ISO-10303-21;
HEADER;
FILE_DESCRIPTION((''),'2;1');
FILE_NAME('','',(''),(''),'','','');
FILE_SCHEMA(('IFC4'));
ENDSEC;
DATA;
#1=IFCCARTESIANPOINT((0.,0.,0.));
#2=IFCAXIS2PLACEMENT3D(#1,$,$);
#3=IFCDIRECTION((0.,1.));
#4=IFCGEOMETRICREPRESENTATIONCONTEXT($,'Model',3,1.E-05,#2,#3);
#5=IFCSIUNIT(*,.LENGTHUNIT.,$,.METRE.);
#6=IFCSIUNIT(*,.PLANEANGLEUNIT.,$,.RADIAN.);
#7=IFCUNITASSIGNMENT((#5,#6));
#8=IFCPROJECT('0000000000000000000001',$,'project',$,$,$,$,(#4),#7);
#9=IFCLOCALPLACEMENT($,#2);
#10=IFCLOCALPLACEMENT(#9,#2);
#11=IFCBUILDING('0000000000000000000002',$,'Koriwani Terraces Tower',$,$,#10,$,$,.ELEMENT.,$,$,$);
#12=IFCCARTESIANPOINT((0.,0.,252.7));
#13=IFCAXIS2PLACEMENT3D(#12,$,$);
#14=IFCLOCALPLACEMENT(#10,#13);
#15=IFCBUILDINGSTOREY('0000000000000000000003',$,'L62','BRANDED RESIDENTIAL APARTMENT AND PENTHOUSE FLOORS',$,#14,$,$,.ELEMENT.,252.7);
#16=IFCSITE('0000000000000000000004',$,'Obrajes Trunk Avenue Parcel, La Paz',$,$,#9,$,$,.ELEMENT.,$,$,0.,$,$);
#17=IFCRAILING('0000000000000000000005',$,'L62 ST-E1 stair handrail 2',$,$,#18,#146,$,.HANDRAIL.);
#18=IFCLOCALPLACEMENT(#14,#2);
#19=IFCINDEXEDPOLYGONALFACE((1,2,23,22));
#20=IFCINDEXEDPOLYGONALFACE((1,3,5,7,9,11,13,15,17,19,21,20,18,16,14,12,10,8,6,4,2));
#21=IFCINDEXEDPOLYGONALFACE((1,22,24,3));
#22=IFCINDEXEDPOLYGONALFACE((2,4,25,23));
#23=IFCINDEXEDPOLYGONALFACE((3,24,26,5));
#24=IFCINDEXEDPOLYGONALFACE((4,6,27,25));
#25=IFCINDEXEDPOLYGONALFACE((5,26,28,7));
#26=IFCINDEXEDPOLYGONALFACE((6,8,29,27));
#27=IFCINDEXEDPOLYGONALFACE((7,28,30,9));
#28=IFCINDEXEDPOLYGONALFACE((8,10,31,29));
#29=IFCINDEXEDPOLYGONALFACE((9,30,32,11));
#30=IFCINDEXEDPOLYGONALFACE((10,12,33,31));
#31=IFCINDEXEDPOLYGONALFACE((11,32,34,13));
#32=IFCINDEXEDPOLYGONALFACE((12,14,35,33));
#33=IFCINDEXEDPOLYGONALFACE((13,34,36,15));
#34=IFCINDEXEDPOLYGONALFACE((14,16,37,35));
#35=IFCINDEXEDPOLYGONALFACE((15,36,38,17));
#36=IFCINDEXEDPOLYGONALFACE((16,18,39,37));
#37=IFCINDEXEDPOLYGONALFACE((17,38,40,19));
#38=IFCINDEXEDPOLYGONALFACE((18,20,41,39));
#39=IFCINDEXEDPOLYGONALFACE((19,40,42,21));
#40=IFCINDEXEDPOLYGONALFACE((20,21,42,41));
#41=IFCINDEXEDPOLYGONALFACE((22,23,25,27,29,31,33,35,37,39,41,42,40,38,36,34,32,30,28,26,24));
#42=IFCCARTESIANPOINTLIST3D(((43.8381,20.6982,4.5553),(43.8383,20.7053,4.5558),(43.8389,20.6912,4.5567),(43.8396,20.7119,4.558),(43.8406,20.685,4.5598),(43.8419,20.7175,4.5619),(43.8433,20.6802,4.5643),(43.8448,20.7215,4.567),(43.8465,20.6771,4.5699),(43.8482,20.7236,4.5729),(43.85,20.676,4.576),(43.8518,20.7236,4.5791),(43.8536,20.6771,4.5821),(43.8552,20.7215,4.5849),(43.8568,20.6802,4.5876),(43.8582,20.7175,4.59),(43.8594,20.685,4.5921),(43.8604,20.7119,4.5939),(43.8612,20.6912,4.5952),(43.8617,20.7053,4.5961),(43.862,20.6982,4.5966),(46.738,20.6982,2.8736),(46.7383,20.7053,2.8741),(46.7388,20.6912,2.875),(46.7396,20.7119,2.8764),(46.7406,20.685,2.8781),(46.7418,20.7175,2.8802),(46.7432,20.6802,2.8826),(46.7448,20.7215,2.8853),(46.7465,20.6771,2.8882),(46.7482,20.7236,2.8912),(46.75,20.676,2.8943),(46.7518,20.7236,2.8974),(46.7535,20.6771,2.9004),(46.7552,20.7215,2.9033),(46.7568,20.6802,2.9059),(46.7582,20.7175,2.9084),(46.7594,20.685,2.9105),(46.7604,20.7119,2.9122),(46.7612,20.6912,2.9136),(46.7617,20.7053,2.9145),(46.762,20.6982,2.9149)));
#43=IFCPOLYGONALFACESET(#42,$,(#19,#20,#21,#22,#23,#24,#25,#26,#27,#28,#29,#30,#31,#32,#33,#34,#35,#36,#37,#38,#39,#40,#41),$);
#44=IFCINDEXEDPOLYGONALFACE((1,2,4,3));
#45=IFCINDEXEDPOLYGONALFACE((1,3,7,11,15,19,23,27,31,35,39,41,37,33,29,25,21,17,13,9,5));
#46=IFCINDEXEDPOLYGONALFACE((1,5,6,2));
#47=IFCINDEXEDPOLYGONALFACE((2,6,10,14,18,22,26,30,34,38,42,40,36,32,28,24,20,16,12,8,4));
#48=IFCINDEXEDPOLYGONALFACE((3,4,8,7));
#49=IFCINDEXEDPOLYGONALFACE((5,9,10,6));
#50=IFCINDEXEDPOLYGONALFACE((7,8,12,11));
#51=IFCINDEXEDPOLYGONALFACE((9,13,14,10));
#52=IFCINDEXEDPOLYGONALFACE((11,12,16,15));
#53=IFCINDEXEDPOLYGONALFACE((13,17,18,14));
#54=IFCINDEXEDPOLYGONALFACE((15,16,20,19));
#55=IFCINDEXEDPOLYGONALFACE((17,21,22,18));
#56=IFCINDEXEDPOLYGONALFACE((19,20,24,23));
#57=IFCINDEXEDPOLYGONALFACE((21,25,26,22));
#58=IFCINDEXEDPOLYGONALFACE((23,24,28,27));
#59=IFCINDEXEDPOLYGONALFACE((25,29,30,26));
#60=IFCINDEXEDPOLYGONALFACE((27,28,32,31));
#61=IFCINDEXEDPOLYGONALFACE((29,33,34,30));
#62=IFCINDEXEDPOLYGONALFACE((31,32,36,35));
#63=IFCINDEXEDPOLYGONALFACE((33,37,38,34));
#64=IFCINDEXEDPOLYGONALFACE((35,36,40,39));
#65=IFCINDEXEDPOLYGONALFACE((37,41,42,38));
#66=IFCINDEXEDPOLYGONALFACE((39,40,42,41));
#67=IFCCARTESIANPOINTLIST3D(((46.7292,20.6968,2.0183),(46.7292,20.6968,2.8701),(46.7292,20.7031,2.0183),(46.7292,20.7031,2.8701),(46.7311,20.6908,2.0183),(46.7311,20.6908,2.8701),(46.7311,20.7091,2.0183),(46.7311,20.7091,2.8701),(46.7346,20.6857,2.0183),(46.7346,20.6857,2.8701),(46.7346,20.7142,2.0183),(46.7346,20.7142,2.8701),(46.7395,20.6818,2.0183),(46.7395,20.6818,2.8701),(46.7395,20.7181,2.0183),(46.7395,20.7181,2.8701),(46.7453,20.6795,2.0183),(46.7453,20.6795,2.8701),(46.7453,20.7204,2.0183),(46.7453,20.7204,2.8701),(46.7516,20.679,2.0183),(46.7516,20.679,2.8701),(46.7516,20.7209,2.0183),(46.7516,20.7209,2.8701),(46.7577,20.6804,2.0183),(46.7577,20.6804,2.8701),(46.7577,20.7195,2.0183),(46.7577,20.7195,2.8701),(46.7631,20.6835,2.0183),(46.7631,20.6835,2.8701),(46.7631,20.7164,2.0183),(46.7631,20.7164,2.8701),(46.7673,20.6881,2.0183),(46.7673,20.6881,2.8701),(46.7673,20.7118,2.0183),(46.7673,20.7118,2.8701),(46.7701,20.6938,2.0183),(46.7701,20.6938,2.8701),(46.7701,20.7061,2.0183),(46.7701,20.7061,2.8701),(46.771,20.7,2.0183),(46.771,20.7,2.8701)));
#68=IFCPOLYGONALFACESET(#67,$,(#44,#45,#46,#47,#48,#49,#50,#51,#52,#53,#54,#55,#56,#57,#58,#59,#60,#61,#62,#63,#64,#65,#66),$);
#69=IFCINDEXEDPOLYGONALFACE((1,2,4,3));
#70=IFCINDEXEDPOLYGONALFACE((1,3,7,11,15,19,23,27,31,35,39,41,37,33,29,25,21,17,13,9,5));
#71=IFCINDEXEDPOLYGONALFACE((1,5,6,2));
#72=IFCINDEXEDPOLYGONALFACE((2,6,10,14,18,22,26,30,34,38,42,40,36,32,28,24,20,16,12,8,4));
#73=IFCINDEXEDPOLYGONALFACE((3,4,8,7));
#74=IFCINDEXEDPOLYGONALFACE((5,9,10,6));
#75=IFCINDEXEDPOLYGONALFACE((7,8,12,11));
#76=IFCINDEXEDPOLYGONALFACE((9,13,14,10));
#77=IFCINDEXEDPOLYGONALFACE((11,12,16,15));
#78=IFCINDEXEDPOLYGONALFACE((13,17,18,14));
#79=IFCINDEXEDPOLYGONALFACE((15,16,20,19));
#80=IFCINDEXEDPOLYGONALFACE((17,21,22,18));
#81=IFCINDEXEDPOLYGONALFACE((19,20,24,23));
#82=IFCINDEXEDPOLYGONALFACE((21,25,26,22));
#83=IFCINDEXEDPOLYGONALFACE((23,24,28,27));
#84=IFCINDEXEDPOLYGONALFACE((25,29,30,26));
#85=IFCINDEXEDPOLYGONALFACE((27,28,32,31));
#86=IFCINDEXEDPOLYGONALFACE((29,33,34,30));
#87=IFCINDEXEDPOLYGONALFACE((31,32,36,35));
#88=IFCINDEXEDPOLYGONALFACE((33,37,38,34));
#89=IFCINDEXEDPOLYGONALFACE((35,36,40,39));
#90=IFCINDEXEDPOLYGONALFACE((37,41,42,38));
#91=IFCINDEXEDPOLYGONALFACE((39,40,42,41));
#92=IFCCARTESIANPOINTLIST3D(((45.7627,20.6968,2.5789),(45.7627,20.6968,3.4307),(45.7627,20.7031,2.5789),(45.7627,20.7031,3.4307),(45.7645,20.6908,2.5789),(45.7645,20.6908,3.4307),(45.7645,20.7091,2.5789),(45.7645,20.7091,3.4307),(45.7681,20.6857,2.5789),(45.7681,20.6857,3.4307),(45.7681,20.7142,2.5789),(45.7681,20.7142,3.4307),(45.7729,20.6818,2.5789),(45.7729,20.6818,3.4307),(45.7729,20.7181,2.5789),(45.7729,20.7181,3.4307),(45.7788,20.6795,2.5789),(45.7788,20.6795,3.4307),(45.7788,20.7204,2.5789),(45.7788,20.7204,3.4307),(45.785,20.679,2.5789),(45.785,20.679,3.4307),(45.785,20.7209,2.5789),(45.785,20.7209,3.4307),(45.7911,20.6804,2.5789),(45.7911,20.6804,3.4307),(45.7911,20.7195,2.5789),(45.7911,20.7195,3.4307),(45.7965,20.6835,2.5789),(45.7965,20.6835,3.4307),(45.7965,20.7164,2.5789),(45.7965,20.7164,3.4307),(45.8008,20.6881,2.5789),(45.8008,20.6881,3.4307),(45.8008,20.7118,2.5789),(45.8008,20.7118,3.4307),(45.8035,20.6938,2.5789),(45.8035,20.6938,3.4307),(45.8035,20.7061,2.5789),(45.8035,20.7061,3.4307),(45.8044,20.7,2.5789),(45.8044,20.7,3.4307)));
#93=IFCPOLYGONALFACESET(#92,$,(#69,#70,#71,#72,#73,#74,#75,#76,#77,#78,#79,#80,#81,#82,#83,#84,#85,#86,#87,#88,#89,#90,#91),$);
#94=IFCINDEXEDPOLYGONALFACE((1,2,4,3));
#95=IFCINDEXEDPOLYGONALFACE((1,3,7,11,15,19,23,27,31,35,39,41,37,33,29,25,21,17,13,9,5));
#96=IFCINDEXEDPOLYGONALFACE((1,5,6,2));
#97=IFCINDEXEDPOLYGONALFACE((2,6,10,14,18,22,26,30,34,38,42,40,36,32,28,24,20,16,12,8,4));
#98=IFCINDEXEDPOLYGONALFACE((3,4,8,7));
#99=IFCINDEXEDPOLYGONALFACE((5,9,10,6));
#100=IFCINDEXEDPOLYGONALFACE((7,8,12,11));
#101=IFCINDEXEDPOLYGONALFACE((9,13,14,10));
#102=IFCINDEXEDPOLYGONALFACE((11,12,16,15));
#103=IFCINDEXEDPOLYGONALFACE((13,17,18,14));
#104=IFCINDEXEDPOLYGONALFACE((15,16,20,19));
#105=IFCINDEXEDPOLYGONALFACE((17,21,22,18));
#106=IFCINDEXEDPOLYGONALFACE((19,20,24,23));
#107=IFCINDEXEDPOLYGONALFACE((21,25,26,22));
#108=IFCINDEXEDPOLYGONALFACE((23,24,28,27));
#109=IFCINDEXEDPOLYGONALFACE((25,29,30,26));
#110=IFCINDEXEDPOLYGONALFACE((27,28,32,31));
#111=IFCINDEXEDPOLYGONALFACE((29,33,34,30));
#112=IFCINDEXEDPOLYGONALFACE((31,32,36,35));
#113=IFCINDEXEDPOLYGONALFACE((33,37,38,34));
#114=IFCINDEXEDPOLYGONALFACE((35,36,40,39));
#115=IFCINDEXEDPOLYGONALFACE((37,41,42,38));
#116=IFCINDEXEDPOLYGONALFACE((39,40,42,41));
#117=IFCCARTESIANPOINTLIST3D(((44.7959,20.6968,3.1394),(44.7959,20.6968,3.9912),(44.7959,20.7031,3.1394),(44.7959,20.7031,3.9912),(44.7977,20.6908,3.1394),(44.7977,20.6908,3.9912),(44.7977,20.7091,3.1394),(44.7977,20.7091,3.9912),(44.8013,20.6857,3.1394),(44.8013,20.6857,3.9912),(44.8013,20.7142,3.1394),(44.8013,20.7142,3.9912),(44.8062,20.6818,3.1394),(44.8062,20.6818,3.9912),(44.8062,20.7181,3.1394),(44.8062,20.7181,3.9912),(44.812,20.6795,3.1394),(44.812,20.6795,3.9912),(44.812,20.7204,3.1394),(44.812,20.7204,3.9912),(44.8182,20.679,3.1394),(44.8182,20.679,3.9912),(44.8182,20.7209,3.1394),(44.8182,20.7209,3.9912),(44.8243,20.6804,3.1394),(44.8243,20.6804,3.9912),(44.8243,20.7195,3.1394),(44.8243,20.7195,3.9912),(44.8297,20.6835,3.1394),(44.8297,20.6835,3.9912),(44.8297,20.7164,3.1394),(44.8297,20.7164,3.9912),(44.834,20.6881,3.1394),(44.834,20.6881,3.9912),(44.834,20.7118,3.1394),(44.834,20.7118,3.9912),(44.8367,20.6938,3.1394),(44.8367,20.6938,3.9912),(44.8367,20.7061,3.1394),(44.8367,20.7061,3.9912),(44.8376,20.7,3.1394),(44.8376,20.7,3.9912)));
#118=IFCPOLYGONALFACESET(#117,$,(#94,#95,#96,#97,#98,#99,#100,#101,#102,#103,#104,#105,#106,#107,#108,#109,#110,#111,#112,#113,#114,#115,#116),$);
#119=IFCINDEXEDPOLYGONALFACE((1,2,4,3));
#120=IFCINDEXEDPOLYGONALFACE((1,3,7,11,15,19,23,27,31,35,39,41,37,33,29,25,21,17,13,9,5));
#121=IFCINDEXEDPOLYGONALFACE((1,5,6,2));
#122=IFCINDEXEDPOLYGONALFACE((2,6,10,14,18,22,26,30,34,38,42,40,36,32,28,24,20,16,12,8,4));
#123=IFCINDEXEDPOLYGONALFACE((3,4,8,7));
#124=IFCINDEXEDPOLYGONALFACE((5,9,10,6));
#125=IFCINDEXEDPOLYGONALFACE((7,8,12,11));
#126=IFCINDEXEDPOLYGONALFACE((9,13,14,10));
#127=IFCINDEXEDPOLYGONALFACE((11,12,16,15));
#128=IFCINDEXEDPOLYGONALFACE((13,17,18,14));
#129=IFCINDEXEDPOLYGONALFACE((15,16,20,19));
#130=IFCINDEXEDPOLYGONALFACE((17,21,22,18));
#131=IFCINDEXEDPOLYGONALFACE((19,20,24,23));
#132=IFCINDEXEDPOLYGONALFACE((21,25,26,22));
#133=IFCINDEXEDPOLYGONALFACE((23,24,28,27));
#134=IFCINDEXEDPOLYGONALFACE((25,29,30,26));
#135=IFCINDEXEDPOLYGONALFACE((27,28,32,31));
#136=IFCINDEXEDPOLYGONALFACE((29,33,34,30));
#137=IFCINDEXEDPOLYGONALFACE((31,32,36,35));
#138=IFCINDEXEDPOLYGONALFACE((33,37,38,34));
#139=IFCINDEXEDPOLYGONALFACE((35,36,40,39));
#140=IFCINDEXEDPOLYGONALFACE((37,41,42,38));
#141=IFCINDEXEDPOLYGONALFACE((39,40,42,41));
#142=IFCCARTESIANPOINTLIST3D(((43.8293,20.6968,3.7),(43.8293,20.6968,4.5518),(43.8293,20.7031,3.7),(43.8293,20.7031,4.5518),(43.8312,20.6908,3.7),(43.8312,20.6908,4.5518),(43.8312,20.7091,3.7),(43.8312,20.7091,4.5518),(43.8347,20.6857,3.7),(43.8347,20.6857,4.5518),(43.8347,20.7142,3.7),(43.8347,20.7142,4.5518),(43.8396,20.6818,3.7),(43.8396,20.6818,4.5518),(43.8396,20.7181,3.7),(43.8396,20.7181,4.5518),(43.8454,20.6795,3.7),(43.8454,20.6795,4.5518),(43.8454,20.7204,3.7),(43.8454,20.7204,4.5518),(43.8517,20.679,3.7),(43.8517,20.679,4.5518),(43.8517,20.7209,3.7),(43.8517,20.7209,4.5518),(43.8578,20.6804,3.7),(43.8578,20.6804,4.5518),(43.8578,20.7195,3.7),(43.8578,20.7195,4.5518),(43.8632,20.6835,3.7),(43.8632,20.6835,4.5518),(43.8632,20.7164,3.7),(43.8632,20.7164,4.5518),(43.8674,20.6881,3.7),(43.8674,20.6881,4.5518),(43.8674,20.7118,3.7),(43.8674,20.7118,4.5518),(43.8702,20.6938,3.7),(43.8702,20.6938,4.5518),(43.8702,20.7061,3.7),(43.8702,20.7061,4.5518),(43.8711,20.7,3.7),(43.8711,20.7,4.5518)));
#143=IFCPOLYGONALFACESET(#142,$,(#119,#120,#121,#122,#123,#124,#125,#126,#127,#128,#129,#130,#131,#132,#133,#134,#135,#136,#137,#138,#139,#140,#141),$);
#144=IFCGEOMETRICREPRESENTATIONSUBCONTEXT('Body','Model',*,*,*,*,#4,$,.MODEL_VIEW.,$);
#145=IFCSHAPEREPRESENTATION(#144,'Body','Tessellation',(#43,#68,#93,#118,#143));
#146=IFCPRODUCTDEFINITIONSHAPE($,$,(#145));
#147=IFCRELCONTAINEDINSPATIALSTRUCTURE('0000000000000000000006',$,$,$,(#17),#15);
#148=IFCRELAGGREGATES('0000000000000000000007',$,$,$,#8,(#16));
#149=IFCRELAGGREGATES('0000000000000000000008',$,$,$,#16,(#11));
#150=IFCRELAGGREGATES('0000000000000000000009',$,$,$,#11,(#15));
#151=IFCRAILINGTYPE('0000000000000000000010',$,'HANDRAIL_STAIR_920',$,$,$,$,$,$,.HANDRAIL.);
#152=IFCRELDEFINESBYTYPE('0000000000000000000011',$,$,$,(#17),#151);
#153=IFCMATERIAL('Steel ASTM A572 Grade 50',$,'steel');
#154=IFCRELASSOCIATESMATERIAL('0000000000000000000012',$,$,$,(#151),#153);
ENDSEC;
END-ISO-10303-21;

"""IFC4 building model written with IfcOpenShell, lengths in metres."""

from ifc_helpers import new_model, si_unit, direction, frame, origin, origin_2d, place, context, subcontext, project, spatial, circle, extrude, material, type_object, element, save


model = new_model("IFC4")

# Units and contexts
model_context = context("Model", 3, precision=1e-05, world=origin(), true_north=direction((0.0, 1.0)))
body_context = subcontext(model_context, "Body", "Model", "MODEL_VIEW")
ifc_project = project(units=[si_unit("LENGTHUNIT", "METRE"), si_unit("PLANEANGLEUNIT", "RADIAN")], contexts=[model_context])

# Site, building, storey
site_placement = place(None, origin())
site = spatial("IfcSite", under=ifc_project, at=site_placement, Name="Obrajes Trunk Avenue Parcel, La Paz", CompositionType="ELEMENT", RefElevation=0.0)
building_placement = place(site_placement, origin())
building = spatial("IfcBuilding", under=site, at=building_placement, Name="Koriwani Terraces Tower", CompositionType="ELEMENT")
storey_placement = place(building_placement, frame((0.0, 0.0, 252.7)))
storey = spatial("IfcBuildingStorey", under=building, at=storey_placement, Name="L62", Description="BRANDED RESIDENTIAL APARTMENT AND PENTHOUSE FLOORS", CompositionType="ELEMENT", Elevation=252.7)

# Shared definitions
ifc_material_1 = material(Name="Steel ASTM A572 Grade 50", Category="steel")

# Railing
railing_type_1 = type_object("IfcRailingType", Name="HANDRAIL_STAIR_920", PredefinedType="HANDRAIL", material=ifc_material_1)
railing_1_placement = place(storey_placement, frame((46.75, 20.7, 2.0183)))
element("IfcRailing", 1, at=railing_1_placement, inside=storey, type_object=railing_type_1, Name="L62 ST-E1 stair handrail 2", PredefinedType="HANDRAIL", context=body_context, shape_type="SweptSolid", body=[
    extrude(circle(Radius=0.0239, at=origin_2d()), frame((0.0, 0.0, 0.876), z_axis=(-0.86507, 0.0, 0.501651), x_axis=(0.0, -1.0, 0.0)), (0.0, 0.0, 1.0), 3.3523),
    extrude(circle(Radius=0.021, at=origin_2d()), origin(), (0.0, 0.0, 1.0), 0.8518),
    extrude(circle(Radius=0.021, at=origin_2d()), frame((-0.9666, 0.0, 0.5605)), (0.0, 0.0, 1.0), 0.8518),
    extrude(circle(Radius=0.021, at=origin_2d()), frame((-1.9333, 0.0, 1.1211)), (0.0, 0.0, 1.0), 0.8518),
    extrude(circle(Radius=0.021, at=origin_2d()), frame((-2.8999, 0.0, 1.6816)), (0.0, 0.0, 1.0), 0.8518),
])

save(model, "model.ifc")
